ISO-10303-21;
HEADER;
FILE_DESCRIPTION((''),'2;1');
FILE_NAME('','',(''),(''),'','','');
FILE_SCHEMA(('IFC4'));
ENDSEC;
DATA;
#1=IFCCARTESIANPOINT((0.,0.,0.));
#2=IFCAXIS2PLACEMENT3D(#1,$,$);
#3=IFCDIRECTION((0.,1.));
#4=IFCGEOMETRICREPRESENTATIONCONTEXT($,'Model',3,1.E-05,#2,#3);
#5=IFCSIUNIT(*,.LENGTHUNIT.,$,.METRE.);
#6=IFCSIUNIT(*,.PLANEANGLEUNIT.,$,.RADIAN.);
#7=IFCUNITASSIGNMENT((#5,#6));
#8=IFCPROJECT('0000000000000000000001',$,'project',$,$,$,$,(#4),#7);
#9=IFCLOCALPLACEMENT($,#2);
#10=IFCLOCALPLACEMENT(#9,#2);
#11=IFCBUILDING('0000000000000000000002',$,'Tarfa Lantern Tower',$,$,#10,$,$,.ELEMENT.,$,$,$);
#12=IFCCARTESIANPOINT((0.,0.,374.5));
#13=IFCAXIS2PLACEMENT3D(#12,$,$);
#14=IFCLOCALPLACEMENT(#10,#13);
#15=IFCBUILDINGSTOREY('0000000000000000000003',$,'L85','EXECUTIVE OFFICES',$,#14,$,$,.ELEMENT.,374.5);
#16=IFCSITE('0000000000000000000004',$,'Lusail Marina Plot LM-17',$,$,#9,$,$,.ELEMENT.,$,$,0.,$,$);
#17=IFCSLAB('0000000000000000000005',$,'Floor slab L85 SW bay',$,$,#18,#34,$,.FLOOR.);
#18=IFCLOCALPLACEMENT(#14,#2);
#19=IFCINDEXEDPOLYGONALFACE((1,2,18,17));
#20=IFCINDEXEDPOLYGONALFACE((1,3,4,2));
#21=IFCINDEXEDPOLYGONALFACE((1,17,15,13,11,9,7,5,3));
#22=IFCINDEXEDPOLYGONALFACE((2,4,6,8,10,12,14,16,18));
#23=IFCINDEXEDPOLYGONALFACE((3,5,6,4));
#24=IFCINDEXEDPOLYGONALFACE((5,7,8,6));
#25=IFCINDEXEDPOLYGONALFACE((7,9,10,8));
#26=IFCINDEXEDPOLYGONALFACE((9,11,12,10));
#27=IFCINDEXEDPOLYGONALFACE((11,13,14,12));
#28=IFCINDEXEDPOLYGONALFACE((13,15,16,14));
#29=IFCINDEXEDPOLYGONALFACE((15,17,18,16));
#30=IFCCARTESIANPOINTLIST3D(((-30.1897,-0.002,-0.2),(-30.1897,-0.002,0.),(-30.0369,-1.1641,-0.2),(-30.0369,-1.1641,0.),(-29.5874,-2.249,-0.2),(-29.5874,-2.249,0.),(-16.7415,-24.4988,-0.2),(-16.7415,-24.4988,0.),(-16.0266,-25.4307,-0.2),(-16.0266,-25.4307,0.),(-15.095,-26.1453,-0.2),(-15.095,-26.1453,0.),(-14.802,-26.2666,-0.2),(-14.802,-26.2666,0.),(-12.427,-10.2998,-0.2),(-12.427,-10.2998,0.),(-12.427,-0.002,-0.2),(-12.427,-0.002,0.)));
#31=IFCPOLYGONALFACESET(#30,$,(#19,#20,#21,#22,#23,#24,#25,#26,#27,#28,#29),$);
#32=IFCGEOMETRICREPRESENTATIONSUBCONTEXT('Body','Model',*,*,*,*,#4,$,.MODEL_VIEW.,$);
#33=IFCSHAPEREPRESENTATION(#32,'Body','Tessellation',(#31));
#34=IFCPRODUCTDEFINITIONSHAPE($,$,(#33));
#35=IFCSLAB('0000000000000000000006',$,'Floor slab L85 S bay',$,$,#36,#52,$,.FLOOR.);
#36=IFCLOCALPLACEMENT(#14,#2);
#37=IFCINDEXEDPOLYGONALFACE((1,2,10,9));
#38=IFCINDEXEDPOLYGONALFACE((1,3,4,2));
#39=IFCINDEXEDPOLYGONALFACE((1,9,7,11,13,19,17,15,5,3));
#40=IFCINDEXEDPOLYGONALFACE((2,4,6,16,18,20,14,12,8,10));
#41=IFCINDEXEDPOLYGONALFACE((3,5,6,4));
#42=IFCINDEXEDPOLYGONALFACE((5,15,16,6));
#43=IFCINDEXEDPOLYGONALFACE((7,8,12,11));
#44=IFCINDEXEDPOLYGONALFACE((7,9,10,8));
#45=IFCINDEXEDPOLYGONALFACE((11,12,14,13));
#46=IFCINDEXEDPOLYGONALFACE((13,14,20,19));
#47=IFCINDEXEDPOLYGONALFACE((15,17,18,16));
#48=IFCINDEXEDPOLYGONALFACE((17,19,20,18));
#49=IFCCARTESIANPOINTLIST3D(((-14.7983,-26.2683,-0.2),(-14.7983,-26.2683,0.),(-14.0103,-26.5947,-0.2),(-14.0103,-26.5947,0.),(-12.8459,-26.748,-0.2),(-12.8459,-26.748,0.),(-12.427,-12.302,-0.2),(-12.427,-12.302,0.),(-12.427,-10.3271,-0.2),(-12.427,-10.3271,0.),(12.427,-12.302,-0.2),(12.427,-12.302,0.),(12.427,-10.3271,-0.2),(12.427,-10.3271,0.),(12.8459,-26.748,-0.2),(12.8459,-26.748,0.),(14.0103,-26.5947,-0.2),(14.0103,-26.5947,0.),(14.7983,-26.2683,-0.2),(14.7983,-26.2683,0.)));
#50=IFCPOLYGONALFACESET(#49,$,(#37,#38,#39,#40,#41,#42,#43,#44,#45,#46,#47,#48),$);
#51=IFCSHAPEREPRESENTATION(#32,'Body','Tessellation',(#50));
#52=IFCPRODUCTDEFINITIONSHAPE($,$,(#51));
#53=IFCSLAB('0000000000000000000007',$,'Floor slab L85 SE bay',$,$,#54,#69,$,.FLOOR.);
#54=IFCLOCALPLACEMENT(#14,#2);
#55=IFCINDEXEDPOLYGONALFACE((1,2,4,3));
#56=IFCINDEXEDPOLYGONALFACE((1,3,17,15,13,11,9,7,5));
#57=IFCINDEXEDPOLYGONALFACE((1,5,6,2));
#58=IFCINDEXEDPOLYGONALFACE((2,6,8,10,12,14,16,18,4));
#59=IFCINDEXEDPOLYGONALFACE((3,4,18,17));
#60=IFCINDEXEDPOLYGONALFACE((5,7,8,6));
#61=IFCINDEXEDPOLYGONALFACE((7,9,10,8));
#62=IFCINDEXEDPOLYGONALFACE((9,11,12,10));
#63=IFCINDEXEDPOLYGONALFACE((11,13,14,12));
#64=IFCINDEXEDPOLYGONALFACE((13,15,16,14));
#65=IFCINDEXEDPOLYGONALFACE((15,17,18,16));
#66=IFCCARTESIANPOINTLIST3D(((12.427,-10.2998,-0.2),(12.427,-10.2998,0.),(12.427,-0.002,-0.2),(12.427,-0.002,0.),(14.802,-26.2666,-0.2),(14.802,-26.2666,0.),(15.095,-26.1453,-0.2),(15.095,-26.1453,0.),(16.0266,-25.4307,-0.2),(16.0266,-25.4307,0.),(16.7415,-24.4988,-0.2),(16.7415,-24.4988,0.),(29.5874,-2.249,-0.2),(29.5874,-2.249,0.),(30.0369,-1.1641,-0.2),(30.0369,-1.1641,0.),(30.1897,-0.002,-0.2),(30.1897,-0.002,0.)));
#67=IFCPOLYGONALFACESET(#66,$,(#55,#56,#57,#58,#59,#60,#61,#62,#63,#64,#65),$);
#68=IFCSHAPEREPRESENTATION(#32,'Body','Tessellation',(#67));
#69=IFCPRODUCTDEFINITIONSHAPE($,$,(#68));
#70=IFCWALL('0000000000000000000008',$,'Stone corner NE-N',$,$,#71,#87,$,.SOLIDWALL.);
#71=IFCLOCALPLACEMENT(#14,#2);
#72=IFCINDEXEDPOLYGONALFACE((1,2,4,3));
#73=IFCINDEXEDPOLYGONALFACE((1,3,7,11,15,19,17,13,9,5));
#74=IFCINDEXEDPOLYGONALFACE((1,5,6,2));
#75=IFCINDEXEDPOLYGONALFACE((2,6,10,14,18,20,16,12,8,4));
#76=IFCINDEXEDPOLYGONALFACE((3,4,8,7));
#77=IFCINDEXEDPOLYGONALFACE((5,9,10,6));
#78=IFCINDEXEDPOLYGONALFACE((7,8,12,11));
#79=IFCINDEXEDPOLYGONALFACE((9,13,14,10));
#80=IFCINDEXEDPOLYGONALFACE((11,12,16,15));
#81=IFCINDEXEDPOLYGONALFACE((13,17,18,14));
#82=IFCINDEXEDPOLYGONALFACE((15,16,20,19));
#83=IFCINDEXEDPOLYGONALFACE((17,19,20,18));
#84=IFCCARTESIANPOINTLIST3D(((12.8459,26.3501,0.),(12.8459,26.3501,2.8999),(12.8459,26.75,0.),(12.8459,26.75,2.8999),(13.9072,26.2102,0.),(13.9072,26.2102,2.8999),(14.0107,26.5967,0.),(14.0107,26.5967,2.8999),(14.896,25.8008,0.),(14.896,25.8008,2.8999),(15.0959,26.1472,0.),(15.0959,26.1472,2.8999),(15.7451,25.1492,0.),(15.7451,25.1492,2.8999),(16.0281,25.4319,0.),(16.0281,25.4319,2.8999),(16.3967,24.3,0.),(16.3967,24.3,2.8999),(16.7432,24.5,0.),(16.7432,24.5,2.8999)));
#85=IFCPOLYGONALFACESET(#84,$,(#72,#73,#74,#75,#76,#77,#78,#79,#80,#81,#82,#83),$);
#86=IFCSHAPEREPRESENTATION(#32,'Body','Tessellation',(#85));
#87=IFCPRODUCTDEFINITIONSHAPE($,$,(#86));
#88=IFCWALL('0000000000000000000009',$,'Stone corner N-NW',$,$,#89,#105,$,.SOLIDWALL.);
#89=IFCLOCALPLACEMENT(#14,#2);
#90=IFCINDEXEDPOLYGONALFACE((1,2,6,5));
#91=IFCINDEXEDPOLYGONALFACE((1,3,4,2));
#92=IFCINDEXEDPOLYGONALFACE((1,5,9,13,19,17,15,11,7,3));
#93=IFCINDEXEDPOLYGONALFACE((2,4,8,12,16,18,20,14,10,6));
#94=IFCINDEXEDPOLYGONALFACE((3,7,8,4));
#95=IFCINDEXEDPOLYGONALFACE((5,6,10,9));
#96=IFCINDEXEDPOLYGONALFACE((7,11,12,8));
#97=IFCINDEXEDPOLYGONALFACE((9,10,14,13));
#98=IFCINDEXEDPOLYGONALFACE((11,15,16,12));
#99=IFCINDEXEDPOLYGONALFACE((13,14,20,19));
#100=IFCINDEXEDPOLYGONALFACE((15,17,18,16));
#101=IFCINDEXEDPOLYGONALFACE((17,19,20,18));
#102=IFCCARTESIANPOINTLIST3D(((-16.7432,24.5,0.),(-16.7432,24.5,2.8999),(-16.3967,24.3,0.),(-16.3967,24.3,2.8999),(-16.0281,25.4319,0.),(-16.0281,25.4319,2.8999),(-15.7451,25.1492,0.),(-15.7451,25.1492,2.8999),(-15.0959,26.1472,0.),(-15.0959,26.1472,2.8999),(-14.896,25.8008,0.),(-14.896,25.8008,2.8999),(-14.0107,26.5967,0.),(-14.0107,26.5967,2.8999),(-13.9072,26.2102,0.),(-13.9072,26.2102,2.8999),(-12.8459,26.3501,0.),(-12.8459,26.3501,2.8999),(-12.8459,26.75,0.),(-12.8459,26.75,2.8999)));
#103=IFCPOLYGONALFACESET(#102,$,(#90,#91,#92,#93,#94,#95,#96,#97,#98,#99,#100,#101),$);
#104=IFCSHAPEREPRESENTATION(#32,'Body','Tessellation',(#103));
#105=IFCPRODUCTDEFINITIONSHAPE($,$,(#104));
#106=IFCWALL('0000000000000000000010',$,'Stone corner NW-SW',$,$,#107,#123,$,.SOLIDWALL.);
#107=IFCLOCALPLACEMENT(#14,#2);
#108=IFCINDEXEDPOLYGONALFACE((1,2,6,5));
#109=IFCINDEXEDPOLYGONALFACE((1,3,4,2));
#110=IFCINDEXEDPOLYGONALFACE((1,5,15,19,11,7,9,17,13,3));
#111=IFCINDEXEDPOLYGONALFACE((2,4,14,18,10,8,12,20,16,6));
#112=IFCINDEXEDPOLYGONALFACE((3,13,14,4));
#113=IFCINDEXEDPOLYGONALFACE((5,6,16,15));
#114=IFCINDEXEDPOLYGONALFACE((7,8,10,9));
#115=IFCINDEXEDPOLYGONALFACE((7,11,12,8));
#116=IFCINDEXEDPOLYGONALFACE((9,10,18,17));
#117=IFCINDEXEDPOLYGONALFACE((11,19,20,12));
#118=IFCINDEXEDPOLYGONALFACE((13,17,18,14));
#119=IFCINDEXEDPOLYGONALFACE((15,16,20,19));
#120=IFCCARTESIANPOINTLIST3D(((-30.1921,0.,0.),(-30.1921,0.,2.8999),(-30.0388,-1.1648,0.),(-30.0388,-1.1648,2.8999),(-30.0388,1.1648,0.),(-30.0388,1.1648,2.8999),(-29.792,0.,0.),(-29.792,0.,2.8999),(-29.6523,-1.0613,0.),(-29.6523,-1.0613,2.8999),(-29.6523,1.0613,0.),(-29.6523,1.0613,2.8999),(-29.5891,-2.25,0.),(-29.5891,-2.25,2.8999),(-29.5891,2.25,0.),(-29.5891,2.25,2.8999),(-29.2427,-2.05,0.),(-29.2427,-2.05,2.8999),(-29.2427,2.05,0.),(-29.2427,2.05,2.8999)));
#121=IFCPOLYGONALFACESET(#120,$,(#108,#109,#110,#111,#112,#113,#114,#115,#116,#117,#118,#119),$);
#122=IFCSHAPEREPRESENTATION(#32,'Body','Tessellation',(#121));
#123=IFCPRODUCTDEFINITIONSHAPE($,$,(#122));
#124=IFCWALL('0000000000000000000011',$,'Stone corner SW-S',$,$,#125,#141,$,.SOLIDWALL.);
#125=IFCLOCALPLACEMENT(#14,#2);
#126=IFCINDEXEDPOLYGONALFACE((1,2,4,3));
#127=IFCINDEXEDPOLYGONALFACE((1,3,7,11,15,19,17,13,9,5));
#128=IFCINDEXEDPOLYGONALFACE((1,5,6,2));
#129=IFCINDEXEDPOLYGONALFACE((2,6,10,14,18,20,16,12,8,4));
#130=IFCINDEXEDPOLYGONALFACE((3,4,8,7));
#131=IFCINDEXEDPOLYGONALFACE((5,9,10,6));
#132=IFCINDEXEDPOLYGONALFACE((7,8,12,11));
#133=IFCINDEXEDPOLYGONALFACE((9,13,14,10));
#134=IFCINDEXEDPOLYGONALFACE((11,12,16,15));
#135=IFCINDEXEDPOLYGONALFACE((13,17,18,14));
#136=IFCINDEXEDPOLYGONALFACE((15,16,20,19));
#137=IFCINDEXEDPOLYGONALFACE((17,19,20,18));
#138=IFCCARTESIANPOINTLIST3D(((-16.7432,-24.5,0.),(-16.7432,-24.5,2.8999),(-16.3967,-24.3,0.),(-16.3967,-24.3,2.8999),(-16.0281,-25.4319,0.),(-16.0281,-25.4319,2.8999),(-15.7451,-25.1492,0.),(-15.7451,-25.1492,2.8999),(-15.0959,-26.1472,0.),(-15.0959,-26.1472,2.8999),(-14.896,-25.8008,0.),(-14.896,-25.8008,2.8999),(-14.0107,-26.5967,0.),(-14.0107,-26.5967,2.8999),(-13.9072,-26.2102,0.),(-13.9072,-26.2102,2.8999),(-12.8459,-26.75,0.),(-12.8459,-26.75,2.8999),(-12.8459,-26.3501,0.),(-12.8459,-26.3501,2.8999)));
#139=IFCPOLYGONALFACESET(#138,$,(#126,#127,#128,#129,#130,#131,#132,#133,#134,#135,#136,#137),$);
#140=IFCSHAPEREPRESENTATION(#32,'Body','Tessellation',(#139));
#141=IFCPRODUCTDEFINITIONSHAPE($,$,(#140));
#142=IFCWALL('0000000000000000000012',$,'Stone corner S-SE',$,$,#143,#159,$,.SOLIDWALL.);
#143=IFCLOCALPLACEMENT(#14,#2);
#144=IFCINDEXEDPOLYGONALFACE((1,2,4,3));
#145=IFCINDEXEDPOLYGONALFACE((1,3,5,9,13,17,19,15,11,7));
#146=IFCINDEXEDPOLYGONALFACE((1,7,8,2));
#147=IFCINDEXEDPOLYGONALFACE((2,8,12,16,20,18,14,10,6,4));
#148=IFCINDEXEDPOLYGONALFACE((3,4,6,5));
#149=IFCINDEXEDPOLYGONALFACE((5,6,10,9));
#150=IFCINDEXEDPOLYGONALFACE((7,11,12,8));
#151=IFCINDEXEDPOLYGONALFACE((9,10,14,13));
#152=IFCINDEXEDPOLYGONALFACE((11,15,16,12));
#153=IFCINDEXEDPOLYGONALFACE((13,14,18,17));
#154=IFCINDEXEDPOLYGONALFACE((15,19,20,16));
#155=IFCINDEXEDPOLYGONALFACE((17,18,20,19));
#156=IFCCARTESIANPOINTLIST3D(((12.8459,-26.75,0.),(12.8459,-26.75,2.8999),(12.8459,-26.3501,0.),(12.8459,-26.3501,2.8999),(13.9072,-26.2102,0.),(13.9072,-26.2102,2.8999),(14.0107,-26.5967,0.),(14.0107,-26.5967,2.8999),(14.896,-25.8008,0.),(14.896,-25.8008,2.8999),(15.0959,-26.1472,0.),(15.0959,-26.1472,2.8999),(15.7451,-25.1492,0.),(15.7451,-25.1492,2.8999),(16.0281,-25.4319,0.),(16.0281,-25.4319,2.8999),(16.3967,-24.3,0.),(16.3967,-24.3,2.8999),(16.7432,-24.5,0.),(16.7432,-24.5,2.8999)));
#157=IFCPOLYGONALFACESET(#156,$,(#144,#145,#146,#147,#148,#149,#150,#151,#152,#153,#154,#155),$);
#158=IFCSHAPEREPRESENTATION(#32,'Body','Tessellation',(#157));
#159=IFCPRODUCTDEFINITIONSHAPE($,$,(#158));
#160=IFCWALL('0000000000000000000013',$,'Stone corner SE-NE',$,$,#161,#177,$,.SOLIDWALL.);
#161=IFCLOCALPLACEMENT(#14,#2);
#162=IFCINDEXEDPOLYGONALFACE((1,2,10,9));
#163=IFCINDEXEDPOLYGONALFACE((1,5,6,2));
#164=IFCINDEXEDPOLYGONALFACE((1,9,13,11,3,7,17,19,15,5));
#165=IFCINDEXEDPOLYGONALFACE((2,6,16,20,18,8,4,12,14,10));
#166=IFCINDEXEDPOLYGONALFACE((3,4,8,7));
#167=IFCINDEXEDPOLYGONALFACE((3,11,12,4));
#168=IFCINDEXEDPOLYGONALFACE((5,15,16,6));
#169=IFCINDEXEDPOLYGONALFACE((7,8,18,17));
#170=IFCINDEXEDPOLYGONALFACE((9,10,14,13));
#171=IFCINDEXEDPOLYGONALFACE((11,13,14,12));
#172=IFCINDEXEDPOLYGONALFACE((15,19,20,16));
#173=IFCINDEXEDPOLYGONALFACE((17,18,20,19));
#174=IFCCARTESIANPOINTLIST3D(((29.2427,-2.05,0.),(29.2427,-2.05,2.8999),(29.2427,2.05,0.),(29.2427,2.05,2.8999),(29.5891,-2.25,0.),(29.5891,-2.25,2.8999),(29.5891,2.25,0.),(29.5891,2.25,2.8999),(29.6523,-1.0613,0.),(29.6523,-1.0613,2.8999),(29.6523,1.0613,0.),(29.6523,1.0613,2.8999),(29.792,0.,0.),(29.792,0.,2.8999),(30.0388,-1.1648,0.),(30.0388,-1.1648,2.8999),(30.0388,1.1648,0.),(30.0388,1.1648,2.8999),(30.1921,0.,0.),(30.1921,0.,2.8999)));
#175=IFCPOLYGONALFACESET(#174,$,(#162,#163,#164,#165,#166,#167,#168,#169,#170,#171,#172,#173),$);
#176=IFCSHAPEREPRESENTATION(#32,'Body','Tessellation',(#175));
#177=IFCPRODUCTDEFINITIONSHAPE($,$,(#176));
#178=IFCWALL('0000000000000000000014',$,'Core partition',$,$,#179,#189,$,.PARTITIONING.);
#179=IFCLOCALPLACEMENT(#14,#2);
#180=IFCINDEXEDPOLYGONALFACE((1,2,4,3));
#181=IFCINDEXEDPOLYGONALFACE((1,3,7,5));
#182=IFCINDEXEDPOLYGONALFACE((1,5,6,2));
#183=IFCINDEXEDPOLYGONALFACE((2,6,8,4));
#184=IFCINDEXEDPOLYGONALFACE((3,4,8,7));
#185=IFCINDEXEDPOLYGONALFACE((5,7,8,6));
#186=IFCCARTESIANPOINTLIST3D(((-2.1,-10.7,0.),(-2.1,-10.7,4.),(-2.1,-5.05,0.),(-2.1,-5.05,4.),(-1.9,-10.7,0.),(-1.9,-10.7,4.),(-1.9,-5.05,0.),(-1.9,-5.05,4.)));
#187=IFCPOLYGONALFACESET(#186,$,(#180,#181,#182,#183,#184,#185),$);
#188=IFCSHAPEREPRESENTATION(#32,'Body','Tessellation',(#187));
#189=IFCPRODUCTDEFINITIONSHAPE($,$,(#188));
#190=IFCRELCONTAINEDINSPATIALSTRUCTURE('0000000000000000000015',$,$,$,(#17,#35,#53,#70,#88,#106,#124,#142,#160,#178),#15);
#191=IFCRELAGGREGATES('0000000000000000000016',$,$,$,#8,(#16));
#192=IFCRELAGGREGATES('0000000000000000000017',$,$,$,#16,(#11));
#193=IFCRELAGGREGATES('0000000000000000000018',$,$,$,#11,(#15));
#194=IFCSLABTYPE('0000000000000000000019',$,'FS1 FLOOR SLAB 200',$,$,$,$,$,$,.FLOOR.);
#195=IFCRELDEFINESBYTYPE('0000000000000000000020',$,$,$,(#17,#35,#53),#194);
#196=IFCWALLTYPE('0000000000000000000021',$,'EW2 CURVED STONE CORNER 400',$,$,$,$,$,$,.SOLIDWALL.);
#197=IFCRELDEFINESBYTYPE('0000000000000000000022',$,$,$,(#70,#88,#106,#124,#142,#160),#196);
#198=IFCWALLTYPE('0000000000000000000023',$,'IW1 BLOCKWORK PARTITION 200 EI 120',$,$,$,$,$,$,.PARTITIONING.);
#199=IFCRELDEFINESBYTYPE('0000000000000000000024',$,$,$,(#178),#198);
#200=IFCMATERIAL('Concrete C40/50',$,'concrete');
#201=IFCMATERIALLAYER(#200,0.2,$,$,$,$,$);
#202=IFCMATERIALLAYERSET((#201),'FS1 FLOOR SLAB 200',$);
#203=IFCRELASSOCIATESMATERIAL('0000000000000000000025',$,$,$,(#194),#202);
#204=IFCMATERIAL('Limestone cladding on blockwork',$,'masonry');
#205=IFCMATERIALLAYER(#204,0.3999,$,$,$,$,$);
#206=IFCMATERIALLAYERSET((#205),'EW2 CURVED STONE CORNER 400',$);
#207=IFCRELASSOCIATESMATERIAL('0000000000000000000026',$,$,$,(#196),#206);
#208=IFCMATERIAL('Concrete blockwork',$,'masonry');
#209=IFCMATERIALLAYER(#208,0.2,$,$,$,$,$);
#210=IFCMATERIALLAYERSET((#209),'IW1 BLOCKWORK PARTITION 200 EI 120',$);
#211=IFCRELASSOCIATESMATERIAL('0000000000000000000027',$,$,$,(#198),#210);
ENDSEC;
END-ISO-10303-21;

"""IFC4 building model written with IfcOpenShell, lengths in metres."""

from ifc_helpers import new_model, si_unit, direction, frame, frame_2d, origin, place, context, subcontext, project, spatial, polyline, rectangle, outline, extrude, material, layer, layer_set, type_object, element, save


model = new_model("IFC4")

# Units and contexts
model_context = context("Model", 3, precision=1e-05, world=origin(), true_north=direction((0.0, 1.0)))
body_context = subcontext(model_context, "Body", "Model", "MODEL_VIEW")
ifc_project = project(units=[si_unit("LENGTHUNIT", "METRE"), si_unit("PLANEANGLEUNIT", "RADIAN")], contexts=[model_context])

# Site, building, storey
site_placement = place(None, origin())
site = spatial("IfcSite", under=ifc_project, at=site_placement, Name="Lusail Marina Plot LM-17", CompositionType="ELEMENT", RefElevation=0.0)
building_placement = place(site_placement, origin())
building = spatial("IfcBuilding", under=site, at=building_placement, Name="Tarfa Lantern Tower", CompositionType="ELEMENT")
storey_placement = place(building_placement, frame((0.0, 0.0, 374.5)))
storey = spatial("IfcBuildingStorey", under=building, at=storey_placement, Name="L85", Description="EXECUTIVE OFFICES", CompositionType="ELEMENT", Elevation=374.5)

# Slabs
ifc_material_1 = material(Name="Concrete C40/50", Category="concrete")
ifc_layer_1 = layer(ifc_material_1, 0.2)
ifc_layer_set_1 = layer_set([ifc_layer_1], Name="FS1 FLOOR SLAB 200")
slab_type_1 = type_object("IfcSlabType", Name="FS1 FLOOR SLAB 200", PredefinedType="FLOOR", material=ifc_layer_set_1)
slab_1_placement = place(storey_placement, frame((0.0, 0.0, -0.2)))
element("IfcSlab", 1, at=slab_1_placement, inside=storey, type_object=slab_type_1, Name="Floor slab L85 SW bay", PredefinedType="FLOOR", context=body_context, shape_type="SweptSolid", body=[
    extrude(outline(polyline([(-12.427, -10.2998), (-12.427, -0.002), (-30.1897, -0.002), (-30.0369, -1.1641), (-29.5874, -2.249), (-16.7415, -24.4988), (-16.0266, -25.4307), (-15.095, -26.1453), (-14.802, -26.2666), (-12.427, -10.2998)])), origin(), (0.0, 0.0, 1.0), 0.2),
])
slab_2_placement = place(storey_placement, frame((0.0, 0.0, -0.2)))
element("IfcSlab", 2, at=slab_2_placement, inside=storey, type_object=slab_type_1, Name="Floor slab L85 S bay", PredefinedType="FLOOR", context=body_context, shape_type="SweptSolid", body=[
    extrude(outline(polyline([(12.427, -10.3271), (12.427, -12.302), (-12.427, -12.302), (-12.427, -10.3271), (-14.7983, -26.2683), (-14.0103, -26.5947), (-12.8459, -26.748), (12.8459, -26.748), (14.0103, -26.5947), (14.7983, -26.2683), (12.427, -10.3271)])), origin(), (0.0, 0.0, 1.0), 0.2),
])
slab_3_placement = place(storey_placement, frame((0.0, 0.0, -0.2)))
element("IfcSlab", 3, at=slab_3_placement, inside=storey, type_object=slab_type_1, Name="Floor slab L85 SE bay", PredefinedType="FLOOR", context=body_context, shape_type="SweptSolid", body=[
    extrude(outline(polyline([(12.427, -0.002), (12.427, -10.2998), (14.802, -26.2666), (15.095, -26.1453), (16.0266, -25.4307), (16.7415, -24.4988), (29.5874, -2.249), (30.0369, -1.1641), (30.1897, -0.002), (12.427, -0.002)])), origin(), (0.0, 0.0, 1.0), 0.2),
])

# Walls
ifc_material_2 = material(Name="Limestone cladding on blockwork", Category="masonry")
ifc_layer_2 = layer(ifc_material_2, 0.3999)
ifc_layer_set_2 = layer_set([ifc_layer_2], Name="EW2 CURVED STONE CORNER 400")
wall_type_1 = type_object("IfcWallType", Name="EW2 CURVED STONE CORNER 400", PredefinedType="SOLIDWALL", material=ifc_layer_set_2)
wall_1_placement = place(storey_placement, origin())
element("IfcWall", 4, at=wall_1_placement, inside=storey, type_object=wall_type_1, Name="Stone corner NE-N", PredefinedType="SOLIDWALL", context=body_context, shape_type="SweptSolid", body=[
    extrude(outline(polyline([(16.7432, 24.5), (16.0281, 25.4319), (15.0959, 26.1472), (14.0107, 26.5967), (12.8459, 26.75), (12.8459, 26.3501), (13.9072, 26.2102), (14.896, 25.8008), (15.7451, 25.1492), (16.3967, 24.3), (16.7432, 24.5)])), origin(), (0.0, 0.0, 1.0), 2.8999),
])
wall_2_placement = place(storey_placement, origin())
element("IfcWall", 5, at=wall_2_placement, inside=storey, type_object=wall_type_1, Name="Stone corner N-NW", PredefinedType="SOLIDWALL", context=body_context, shape_type="SweptSolid", body=[
    extrude(outline(polyline([(-12.8459, 26.75), (-14.0107, 26.5967), (-15.0959, 26.1472), (-16.0281, 25.4319), (-16.7432, 24.5), (-16.3967, 24.3), (-15.7451, 25.1492), (-14.896, 25.8008), (-13.9072, 26.2102), (-12.8459, 26.3501), (-12.8459, 26.75)])), origin(), (0.0, 0.0, 1.0), 2.8999),
])
wall_3_placement = place(storey_placement, origin())
element("IfcWall", 6, at=wall_3_placement, inside=storey, type_object=wall_type_1, Name="Stone corner NW-SW", PredefinedType="SOLIDWALL", context=body_context, shape_type="SweptSolid", body=[
    extrude(outline(polyline([(-29.5891, 2.25), (-30.0388, 1.1648), (-30.1921, 0.0), (-30.0388, -1.1648), (-29.5891, -2.25), (-29.2427, -2.05), (-29.6523, -1.0613), (-29.792, 0.0), (-29.6523, 1.0613), (-29.2427, 2.05), (-29.5891, 2.25)])), origin(), (0.0, 0.0, 1.0), 2.8999),
])
wall_4_placement = place(storey_placement, origin())
element("IfcWall", 7, at=wall_4_placement, inside=storey, type_object=wall_type_1, Name="Stone corner SW-S", PredefinedType="SOLIDWALL", context=body_context, shape_type="SweptSolid", body=[
    extrude(outline(polyline([(-16.7432, -24.5), (-16.0281, -25.4319), (-15.0959, -26.1472), (-14.0107, -26.5967), (-12.8459, -26.75), (-12.8459, -26.3501), (-13.9072, -26.2102), (-14.896, -25.8008), (-15.7451, -25.1492), (-16.3967, -24.3), (-16.7432, -24.5)])), origin(), (0.0, 0.0, 1.0), 2.8999),
])
wall_5_placement = place(storey_placement, origin())
element("IfcWall", 8, at=wall_5_placement, inside=storey, type_object=wall_type_1, Name="Stone corner S-SE", PredefinedType="SOLIDWALL", context=body_context, shape_type="SweptSolid", body=[
    extrude(outline(polyline([(12.8459, -26.75), (14.0107, -26.5967), (15.0959, -26.1472), (16.0281, -25.4319), (16.7432, -24.5), (16.3967, -24.3), (15.7451, -25.1492), (14.896, -25.8008), (13.9072, -26.2102), (12.8459, -26.3501), (12.8459, -26.75)])), origin(), (0.0, 0.0, 1.0), 2.8999),
])
wall_6_placement = place(storey_placement, origin())
element("IfcWall", 9, at=wall_6_placement, inside=storey, type_object=wall_type_1, Name="Stone corner SE-NE", PredefinedType="SOLIDWALL", context=body_context, shape_type="SweptSolid", body=[
    extrude(outline(polyline([(29.5891, -2.25), (30.0388, -1.1648), (30.1921, 0.0), (30.0388, 1.1648), (29.5891, 2.25), (29.2427, 2.05), (29.6523, 1.0613), (29.792, 0.0), (29.6523, -1.0613), (29.2427, -2.05), (29.5891, -2.25)])), origin(), (0.0, 0.0, 1.0), 2.8999),
])
ifc_material_3 = material(Name="Concrete blockwork", Category="masonry")
ifc_layer_3 = layer(ifc_material_3, 0.2)
ifc_layer_set_3 = layer_set([ifc_layer_3], Name="IW1 BLOCKWORK PARTITION 200 EI 120")
wall_type_2 = type_object("IfcWallType", Name="IW1 BLOCKWORK PARTITION 200 EI 120", PredefinedType="PARTITIONING", material=ifc_layer_set_3)
wall_7_placement = place(storey_placement, frame((-2.0, -5.05, 0.0), z_axis=(0.0, 0.0, 1.0), x_axis=(0.0, -1.0, 0.0)))
element("IfcWall", 10, at=wall_7_placement, inside=storey, type_object=wall_type_2, Name="Core partition", PredefinedType="PARTITIONING", context=body_context, shape_type="SweptSolid", body=[
    extrude(rectangle(XDim=5.6499, YDim=0.2, at=frame_2d((2.825, 0.0))), origin(), (0.0, 0.0, 1.0), 4.0),
])

save(model, "model.ifc")
